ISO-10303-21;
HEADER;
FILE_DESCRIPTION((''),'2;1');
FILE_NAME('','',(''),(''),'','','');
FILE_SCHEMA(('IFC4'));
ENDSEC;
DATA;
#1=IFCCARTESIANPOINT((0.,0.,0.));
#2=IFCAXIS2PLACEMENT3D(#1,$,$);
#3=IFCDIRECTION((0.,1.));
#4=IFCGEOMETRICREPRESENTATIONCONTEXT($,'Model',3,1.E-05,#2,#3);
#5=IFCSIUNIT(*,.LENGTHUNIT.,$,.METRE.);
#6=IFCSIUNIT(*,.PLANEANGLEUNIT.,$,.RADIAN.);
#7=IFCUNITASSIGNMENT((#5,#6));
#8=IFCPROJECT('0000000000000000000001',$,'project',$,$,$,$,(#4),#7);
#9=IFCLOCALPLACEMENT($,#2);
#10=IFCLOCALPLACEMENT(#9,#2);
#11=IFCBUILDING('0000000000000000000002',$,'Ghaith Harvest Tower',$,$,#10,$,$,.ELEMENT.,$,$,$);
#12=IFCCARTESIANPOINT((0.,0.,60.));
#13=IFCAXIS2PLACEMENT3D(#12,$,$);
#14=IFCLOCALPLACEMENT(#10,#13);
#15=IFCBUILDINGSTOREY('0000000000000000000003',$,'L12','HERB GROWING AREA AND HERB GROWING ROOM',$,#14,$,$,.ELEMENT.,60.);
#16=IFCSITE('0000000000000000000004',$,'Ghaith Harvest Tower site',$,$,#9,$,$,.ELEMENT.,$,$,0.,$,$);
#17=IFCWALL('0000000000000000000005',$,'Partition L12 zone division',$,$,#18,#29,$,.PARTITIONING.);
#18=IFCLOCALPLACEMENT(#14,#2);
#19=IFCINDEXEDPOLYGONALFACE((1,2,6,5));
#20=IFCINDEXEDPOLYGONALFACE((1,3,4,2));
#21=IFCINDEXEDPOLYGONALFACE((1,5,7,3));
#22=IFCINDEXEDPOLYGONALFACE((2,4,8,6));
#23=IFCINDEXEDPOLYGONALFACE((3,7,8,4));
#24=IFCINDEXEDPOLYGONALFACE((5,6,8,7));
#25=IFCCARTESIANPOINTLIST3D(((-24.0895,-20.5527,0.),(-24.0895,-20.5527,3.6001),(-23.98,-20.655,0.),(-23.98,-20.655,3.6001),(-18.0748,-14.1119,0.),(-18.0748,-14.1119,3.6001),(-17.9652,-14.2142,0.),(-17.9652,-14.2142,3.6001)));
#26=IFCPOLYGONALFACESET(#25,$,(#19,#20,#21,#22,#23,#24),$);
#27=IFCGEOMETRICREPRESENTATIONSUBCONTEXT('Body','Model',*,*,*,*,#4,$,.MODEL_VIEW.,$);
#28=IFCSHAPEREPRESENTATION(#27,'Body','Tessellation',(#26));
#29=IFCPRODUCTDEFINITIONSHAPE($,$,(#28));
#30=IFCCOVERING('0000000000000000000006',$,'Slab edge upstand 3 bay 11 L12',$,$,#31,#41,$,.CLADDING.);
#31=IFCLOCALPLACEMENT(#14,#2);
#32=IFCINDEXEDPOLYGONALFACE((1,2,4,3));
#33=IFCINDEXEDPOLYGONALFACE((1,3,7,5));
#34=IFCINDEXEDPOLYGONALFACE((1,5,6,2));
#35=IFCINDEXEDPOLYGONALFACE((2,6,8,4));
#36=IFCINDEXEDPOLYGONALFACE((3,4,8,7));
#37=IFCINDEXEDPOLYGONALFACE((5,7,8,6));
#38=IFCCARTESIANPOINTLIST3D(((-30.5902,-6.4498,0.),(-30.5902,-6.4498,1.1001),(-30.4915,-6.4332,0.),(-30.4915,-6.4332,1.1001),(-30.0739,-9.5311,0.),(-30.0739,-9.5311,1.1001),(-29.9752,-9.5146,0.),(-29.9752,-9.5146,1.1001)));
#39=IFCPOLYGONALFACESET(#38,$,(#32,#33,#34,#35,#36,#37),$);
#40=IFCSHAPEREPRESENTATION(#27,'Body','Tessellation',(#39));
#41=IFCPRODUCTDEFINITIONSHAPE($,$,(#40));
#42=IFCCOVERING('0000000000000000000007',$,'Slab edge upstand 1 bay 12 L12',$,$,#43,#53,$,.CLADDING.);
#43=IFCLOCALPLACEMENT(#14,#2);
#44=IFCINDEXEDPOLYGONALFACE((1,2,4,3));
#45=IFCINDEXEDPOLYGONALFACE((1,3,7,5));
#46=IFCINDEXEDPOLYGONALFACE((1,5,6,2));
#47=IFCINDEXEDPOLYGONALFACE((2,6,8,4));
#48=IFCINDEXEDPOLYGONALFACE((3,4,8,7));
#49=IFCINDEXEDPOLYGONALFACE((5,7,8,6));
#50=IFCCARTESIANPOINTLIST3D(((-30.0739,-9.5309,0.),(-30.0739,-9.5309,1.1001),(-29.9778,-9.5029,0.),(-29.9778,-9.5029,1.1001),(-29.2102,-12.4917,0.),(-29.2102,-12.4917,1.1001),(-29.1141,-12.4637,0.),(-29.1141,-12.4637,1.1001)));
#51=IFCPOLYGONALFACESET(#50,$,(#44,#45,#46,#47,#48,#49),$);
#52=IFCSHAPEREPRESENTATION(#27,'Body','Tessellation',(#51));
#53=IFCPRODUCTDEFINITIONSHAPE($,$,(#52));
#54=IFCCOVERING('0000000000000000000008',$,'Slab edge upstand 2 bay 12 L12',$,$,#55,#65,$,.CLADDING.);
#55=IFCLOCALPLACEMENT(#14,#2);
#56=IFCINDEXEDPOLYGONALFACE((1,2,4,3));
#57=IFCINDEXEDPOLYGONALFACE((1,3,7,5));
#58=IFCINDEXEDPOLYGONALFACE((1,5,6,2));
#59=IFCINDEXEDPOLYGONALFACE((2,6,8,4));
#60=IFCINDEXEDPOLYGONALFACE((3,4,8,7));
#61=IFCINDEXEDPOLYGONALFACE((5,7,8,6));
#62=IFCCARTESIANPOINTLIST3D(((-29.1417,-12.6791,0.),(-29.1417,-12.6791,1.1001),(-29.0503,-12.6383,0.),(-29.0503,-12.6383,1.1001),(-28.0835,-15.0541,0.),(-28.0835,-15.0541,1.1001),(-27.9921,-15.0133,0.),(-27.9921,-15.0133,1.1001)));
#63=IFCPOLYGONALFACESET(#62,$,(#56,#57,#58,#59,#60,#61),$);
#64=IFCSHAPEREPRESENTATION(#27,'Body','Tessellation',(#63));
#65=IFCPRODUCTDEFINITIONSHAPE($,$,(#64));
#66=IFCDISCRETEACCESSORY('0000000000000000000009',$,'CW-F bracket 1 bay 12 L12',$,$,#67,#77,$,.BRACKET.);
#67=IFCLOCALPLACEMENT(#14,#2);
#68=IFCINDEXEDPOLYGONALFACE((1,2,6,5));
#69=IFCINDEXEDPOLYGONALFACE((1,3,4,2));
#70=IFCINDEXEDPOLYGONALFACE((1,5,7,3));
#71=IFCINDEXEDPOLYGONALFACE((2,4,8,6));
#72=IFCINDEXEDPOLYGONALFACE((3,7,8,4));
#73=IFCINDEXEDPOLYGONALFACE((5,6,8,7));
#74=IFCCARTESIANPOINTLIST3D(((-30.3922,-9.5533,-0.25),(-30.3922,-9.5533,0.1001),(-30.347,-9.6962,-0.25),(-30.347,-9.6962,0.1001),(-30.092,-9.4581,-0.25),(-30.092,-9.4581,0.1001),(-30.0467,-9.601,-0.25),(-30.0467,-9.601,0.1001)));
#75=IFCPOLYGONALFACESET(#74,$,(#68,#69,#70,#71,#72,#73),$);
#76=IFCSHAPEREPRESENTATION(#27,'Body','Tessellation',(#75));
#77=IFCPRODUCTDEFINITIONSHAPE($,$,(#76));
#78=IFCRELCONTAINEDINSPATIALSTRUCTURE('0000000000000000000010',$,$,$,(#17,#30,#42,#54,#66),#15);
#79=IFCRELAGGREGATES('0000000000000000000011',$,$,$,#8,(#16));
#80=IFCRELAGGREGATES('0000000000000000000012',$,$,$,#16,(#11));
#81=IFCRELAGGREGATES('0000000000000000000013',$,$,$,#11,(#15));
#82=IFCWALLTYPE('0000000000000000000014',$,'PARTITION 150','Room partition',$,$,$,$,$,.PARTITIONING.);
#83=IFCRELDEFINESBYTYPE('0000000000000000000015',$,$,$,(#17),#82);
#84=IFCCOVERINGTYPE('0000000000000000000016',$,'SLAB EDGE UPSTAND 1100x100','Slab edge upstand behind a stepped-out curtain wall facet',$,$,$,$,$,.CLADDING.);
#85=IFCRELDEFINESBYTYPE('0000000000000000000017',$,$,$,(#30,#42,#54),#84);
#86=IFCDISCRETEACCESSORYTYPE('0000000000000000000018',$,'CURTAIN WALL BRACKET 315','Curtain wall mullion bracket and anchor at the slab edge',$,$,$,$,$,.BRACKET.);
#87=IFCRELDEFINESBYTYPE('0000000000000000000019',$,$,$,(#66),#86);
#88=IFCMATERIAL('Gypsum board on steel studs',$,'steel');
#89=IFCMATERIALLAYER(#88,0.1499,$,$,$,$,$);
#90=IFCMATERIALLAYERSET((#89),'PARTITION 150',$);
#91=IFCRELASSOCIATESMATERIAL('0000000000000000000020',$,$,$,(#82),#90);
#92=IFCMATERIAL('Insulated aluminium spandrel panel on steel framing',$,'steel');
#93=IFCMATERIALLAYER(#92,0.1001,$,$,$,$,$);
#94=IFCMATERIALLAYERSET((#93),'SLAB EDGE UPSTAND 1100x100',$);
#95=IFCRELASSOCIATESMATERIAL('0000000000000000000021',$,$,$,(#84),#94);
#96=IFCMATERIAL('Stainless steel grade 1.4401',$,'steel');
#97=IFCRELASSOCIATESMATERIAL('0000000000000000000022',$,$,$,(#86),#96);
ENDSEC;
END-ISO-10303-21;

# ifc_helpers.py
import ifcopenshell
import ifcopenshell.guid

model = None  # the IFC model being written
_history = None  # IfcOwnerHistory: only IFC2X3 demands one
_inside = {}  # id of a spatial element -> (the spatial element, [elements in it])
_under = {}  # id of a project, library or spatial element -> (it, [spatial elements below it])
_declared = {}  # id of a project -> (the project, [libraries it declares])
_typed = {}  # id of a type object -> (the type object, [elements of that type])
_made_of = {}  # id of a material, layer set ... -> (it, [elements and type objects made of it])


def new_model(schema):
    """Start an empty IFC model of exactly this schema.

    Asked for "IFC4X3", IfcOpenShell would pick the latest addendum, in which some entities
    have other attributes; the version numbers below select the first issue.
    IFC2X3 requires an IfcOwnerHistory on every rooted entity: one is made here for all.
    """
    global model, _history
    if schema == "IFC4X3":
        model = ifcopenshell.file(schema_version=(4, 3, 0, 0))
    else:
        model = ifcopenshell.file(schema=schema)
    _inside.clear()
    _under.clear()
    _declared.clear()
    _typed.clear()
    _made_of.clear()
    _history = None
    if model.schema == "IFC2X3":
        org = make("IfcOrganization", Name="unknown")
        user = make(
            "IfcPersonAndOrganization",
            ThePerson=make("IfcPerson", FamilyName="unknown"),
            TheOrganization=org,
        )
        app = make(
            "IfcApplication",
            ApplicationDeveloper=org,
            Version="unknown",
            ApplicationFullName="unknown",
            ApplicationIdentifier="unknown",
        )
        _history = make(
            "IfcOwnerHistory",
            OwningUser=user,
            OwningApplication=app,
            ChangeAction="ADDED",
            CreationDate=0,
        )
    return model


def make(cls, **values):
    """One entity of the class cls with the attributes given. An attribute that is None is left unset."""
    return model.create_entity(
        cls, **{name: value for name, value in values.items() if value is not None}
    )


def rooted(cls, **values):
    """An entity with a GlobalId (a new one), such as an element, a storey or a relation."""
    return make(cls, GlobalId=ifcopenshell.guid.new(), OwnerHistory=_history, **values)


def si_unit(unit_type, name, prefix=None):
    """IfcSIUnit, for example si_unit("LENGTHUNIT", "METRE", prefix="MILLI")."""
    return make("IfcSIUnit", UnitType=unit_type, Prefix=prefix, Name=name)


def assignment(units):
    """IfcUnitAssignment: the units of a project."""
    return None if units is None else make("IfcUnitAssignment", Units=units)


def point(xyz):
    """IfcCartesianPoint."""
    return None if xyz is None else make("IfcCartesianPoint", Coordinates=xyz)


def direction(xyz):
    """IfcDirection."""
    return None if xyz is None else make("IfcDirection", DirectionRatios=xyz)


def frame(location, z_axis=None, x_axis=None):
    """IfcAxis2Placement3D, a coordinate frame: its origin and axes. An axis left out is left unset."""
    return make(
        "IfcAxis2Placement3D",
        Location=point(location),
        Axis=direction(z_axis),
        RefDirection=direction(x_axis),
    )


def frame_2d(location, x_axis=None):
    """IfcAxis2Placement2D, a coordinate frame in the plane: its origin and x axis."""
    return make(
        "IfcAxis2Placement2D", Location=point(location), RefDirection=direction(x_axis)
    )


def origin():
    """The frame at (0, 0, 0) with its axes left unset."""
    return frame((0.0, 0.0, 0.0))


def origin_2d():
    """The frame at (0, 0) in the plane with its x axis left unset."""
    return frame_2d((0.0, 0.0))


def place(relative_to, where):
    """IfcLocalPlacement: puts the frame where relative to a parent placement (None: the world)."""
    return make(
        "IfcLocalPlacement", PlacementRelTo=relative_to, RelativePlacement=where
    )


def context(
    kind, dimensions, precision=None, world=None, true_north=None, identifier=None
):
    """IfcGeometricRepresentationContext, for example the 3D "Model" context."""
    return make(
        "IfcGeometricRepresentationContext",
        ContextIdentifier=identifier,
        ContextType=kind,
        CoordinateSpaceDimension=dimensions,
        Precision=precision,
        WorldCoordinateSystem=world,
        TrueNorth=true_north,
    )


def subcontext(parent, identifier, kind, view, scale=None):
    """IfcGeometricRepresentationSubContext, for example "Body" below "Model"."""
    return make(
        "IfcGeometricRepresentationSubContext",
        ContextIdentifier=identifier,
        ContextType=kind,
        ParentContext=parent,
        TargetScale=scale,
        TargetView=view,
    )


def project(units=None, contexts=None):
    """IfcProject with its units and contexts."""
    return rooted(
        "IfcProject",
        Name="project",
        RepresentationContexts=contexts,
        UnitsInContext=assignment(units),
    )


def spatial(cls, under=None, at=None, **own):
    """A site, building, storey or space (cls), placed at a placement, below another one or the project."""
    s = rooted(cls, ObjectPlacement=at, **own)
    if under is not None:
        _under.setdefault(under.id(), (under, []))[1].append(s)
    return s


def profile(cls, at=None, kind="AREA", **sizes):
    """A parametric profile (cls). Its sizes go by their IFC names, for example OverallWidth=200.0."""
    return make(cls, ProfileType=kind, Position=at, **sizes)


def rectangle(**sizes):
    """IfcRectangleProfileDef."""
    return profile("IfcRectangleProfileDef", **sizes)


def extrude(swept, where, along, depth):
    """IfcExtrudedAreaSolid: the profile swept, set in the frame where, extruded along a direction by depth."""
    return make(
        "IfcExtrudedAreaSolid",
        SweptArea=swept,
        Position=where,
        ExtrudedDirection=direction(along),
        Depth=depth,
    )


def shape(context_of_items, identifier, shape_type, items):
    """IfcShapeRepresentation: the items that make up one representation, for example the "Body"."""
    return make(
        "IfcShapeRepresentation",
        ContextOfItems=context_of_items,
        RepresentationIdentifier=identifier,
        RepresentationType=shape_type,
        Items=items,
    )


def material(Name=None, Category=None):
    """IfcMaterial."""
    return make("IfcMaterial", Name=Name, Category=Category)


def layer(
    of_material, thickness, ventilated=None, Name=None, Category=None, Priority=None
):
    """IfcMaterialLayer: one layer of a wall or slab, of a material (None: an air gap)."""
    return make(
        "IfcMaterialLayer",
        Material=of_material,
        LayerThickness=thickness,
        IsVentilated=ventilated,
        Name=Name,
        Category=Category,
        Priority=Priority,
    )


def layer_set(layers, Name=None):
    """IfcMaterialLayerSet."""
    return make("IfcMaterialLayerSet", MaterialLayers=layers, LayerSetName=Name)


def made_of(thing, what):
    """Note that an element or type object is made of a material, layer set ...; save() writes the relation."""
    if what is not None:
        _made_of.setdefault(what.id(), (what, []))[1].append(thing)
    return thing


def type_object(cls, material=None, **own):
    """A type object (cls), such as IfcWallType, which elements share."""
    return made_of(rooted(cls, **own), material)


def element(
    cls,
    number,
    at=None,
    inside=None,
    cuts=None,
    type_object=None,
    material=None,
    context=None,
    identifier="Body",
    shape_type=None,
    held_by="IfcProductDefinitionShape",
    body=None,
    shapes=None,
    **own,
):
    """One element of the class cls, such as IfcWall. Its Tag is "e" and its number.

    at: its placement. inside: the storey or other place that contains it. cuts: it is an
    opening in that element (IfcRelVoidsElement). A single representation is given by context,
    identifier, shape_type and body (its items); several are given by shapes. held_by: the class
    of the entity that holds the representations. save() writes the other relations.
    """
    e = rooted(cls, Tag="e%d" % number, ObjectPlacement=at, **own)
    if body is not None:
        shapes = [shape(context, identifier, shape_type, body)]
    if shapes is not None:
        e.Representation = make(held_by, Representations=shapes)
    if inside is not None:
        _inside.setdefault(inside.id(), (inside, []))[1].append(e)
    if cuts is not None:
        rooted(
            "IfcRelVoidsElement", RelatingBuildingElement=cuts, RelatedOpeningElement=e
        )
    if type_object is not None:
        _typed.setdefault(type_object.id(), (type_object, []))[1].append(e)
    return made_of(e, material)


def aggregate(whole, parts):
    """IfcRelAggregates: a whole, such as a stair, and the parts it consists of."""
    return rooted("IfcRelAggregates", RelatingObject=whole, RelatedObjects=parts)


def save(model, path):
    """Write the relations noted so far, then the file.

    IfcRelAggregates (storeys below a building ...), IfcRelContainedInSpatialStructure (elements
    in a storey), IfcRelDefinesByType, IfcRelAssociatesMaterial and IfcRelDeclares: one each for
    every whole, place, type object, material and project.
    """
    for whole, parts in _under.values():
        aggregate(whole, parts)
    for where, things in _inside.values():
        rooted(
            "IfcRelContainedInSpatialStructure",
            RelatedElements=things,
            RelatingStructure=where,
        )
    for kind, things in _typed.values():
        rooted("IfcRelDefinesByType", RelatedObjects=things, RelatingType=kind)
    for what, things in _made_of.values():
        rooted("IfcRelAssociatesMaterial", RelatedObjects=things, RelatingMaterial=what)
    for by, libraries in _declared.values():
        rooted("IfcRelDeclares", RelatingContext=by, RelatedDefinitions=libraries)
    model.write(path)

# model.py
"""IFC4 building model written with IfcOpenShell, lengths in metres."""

from ifc_helpers import new_model, si_unit, direction, frame, frame_2d, origin, origin_2d, place, context, subcontext, project, spatial, rectangle, extrude, material, layer, layer_set, type_object, element, save


model = new_model("IFC4")

# Units and contexts
model_context = context("Model", 3, precision=1e-05, world=origin(), true_north=direction((0.0, 1.0)))
body_context = subcontext(model_context, "Body", "Model", "MODEL_VIEW")
ifc_project = project(units=[si_unit("LENGTHUNIT", "METRE"), si_unit("PLANEANGLEUNIT", "RADIAN")], contexts=[model_context])

# Site, building, storey
site_placement = place(None, origin())
site = spatial("IfcSite", under=ifc_project, at=site_placement, Name="Ghaith Harvest Tower site", CompositionType="ELEMENT", RefElevation=0.0)
building_placement = place(site_placement, origin())
building = spatial("IfcBuilding", under=site, at=building_placement, Name="Ghaith Harvest Tower", CompositionType="ELEMENT")
storey_placement = place(building_placement, frame((0.0, 0.0, 60.0)))
storey = spatial("IfcBuildingStorey", under=building, at=storey_placement, Name="L12", Description="HERB GROWING AREA AND HERB GROWING ROOM", CompositionType="ELEMENT", Elevation=60.0)

# Shared definitions
ifc_material_1 = material(Name="Gypsum board on steel studs", Category="steel")
ifc_layer_1 = layer(ifc_material_1, 0.1499)
ifc_layer_set_1 = layer_set([ifc_layer_1], Name="PARTITION 150")
wall_type_1 = type_object("IfcWallType", Name="PARTITION 150", Description="Room partition", PredefinedType="PARTITIONING", material=ifc_layer_set_1)

# Wall
wall_1_placement = place(storey_placement, frame((-18.02, -14.1631, 0.0), z_axis=(0.0, 0.0, 1.0), x_axis=(-0.682522, -0.730865, 0.0)))
element("IfcWall", 1, at=wall_1_placement, inside=storey, type_object=wall_type_1, Name="Partition L12 zone division", PredefinedType="PARTITIONING", context=body_context, shape_type="SweptSolid", body=[
    extrude(rectangle(XDim=8.8125, YDim=0.1499, at=frame_2d((4.4062, 0.0))), origin(), (0.0, 0.0, 1.0), 3.6001),
])

# Coverings
ifc_material_2 = material(Name="Insulated aluminium spandrel panel on steel framing", Category="steel")
ifc_layer_2 = layer(ifc_material_2, 0.1001)
ifc_layer_set_2 = layer_set([ifc_layer_2], Name="SLAB EDGE UPSTAND 1100x100")
covering_type = type_object("IfcCoveringType", Name="SLAB EDGE UPSTAND 1100x100", Description="Slab edge upstand behind a stepped-out curtain wall facet", PredefinedType="CLADDING", material=ifc_layer_set_2)
covering_1_placement = place(storey_placement, frame((-30.2827, -7.9822, 0.0), z_axis=(0.0, 0.0, 1.0), x_axis=(0.165246, -0.986252, 0.0)))
element("IfcCovering", 2, at=covering_1_placement, inside=storey, type_object=covering_type, Name="Slab edge upstand 3 bay 11 L12", PredefinedType="CLADDING", context=body_context, shape_type="SweptSolid", body=[
    extrude(rectangle(XDim=3.1243, YDim=0.1001, at=origin_2d()), origin(), (0.0, 0.0, 1.0), 1.1001),
])
covering_2_placement = place(storey_placement, frame((-29.594, -10.9973, 0.0), z_axis=(0.0, 0.0, 1.0), x_axis=(0.280032, -0.959991, 0.0)))
element("IfcCovering", 3, at=covering_2_placement, inside=storey, type_object=covering_type, Name="Slab edge upstand 1 bay 12 L12", PredefinedType="CLADDING", context=body_context, shape_type="SweptSolid", body=[
    extrude(rectangle(XDim=3.0842, YDim=0.1001, at=origin_2d()), origin(), (0.0, 0.0, 1.0), 1.1001),
])
covering_3_placement = place(storey_placement, frame((-28.5669, -13.8462, 0.0), z_axis=(0.0, 0.0, 1.0), x_axis=(0.407003, -0.913427, 0.0)))
element("IfcCovering", 4, at=covering_3_placement, inside=storey, type_object=covering_type, Name="Slab edge upstand 2 bay 12 L12", PredefinedType="CLADDING", context=body_context, shape_type="SweptSolid", body=[
    extrude(rectangle(XDim=2.6001, YDim=0.1001, at=origin_2d()), origin(), (0.0, 0.0, 1.0), 1.1001),
])

# Discrete accessory
ifc_material_3 = material(Name="Stainless steel grade 1.4401", Category="steel")
discrete_accessory_type = type_object("IfcDiscreteAccessoryType", Name="CURTAIN WALL BRACKET 315", Description="Curtain wall mullion bracket and anchor at the slab edge", PredefinedType="BRACKET", material=ifc_material_3)
discrete_accessory_placement = place(storey_placement, frame((-30.2195, -9.5771, -0.25), z_axis=(0.0, 0.0, 1.0), x_axis=(-0.953273, -0.30211, 0.0)))
element("IfcDiscreteAccessory", 5, at=discrete_accessory_placement, inside=storey, type_object=discrete_accessory_type, Name="CW-F bracket 1 bay 12 L12", PredefinedType="BRACKET", context=body_context, shape_type="SweptSolid", body=[
    extrude(rectangle(XDim=0.3149, YDim=0.1499, at=origin_2d()), origin(), (0.0, 0.0, 1.0), 0.3501),
])

save(model, "model.ifc")
